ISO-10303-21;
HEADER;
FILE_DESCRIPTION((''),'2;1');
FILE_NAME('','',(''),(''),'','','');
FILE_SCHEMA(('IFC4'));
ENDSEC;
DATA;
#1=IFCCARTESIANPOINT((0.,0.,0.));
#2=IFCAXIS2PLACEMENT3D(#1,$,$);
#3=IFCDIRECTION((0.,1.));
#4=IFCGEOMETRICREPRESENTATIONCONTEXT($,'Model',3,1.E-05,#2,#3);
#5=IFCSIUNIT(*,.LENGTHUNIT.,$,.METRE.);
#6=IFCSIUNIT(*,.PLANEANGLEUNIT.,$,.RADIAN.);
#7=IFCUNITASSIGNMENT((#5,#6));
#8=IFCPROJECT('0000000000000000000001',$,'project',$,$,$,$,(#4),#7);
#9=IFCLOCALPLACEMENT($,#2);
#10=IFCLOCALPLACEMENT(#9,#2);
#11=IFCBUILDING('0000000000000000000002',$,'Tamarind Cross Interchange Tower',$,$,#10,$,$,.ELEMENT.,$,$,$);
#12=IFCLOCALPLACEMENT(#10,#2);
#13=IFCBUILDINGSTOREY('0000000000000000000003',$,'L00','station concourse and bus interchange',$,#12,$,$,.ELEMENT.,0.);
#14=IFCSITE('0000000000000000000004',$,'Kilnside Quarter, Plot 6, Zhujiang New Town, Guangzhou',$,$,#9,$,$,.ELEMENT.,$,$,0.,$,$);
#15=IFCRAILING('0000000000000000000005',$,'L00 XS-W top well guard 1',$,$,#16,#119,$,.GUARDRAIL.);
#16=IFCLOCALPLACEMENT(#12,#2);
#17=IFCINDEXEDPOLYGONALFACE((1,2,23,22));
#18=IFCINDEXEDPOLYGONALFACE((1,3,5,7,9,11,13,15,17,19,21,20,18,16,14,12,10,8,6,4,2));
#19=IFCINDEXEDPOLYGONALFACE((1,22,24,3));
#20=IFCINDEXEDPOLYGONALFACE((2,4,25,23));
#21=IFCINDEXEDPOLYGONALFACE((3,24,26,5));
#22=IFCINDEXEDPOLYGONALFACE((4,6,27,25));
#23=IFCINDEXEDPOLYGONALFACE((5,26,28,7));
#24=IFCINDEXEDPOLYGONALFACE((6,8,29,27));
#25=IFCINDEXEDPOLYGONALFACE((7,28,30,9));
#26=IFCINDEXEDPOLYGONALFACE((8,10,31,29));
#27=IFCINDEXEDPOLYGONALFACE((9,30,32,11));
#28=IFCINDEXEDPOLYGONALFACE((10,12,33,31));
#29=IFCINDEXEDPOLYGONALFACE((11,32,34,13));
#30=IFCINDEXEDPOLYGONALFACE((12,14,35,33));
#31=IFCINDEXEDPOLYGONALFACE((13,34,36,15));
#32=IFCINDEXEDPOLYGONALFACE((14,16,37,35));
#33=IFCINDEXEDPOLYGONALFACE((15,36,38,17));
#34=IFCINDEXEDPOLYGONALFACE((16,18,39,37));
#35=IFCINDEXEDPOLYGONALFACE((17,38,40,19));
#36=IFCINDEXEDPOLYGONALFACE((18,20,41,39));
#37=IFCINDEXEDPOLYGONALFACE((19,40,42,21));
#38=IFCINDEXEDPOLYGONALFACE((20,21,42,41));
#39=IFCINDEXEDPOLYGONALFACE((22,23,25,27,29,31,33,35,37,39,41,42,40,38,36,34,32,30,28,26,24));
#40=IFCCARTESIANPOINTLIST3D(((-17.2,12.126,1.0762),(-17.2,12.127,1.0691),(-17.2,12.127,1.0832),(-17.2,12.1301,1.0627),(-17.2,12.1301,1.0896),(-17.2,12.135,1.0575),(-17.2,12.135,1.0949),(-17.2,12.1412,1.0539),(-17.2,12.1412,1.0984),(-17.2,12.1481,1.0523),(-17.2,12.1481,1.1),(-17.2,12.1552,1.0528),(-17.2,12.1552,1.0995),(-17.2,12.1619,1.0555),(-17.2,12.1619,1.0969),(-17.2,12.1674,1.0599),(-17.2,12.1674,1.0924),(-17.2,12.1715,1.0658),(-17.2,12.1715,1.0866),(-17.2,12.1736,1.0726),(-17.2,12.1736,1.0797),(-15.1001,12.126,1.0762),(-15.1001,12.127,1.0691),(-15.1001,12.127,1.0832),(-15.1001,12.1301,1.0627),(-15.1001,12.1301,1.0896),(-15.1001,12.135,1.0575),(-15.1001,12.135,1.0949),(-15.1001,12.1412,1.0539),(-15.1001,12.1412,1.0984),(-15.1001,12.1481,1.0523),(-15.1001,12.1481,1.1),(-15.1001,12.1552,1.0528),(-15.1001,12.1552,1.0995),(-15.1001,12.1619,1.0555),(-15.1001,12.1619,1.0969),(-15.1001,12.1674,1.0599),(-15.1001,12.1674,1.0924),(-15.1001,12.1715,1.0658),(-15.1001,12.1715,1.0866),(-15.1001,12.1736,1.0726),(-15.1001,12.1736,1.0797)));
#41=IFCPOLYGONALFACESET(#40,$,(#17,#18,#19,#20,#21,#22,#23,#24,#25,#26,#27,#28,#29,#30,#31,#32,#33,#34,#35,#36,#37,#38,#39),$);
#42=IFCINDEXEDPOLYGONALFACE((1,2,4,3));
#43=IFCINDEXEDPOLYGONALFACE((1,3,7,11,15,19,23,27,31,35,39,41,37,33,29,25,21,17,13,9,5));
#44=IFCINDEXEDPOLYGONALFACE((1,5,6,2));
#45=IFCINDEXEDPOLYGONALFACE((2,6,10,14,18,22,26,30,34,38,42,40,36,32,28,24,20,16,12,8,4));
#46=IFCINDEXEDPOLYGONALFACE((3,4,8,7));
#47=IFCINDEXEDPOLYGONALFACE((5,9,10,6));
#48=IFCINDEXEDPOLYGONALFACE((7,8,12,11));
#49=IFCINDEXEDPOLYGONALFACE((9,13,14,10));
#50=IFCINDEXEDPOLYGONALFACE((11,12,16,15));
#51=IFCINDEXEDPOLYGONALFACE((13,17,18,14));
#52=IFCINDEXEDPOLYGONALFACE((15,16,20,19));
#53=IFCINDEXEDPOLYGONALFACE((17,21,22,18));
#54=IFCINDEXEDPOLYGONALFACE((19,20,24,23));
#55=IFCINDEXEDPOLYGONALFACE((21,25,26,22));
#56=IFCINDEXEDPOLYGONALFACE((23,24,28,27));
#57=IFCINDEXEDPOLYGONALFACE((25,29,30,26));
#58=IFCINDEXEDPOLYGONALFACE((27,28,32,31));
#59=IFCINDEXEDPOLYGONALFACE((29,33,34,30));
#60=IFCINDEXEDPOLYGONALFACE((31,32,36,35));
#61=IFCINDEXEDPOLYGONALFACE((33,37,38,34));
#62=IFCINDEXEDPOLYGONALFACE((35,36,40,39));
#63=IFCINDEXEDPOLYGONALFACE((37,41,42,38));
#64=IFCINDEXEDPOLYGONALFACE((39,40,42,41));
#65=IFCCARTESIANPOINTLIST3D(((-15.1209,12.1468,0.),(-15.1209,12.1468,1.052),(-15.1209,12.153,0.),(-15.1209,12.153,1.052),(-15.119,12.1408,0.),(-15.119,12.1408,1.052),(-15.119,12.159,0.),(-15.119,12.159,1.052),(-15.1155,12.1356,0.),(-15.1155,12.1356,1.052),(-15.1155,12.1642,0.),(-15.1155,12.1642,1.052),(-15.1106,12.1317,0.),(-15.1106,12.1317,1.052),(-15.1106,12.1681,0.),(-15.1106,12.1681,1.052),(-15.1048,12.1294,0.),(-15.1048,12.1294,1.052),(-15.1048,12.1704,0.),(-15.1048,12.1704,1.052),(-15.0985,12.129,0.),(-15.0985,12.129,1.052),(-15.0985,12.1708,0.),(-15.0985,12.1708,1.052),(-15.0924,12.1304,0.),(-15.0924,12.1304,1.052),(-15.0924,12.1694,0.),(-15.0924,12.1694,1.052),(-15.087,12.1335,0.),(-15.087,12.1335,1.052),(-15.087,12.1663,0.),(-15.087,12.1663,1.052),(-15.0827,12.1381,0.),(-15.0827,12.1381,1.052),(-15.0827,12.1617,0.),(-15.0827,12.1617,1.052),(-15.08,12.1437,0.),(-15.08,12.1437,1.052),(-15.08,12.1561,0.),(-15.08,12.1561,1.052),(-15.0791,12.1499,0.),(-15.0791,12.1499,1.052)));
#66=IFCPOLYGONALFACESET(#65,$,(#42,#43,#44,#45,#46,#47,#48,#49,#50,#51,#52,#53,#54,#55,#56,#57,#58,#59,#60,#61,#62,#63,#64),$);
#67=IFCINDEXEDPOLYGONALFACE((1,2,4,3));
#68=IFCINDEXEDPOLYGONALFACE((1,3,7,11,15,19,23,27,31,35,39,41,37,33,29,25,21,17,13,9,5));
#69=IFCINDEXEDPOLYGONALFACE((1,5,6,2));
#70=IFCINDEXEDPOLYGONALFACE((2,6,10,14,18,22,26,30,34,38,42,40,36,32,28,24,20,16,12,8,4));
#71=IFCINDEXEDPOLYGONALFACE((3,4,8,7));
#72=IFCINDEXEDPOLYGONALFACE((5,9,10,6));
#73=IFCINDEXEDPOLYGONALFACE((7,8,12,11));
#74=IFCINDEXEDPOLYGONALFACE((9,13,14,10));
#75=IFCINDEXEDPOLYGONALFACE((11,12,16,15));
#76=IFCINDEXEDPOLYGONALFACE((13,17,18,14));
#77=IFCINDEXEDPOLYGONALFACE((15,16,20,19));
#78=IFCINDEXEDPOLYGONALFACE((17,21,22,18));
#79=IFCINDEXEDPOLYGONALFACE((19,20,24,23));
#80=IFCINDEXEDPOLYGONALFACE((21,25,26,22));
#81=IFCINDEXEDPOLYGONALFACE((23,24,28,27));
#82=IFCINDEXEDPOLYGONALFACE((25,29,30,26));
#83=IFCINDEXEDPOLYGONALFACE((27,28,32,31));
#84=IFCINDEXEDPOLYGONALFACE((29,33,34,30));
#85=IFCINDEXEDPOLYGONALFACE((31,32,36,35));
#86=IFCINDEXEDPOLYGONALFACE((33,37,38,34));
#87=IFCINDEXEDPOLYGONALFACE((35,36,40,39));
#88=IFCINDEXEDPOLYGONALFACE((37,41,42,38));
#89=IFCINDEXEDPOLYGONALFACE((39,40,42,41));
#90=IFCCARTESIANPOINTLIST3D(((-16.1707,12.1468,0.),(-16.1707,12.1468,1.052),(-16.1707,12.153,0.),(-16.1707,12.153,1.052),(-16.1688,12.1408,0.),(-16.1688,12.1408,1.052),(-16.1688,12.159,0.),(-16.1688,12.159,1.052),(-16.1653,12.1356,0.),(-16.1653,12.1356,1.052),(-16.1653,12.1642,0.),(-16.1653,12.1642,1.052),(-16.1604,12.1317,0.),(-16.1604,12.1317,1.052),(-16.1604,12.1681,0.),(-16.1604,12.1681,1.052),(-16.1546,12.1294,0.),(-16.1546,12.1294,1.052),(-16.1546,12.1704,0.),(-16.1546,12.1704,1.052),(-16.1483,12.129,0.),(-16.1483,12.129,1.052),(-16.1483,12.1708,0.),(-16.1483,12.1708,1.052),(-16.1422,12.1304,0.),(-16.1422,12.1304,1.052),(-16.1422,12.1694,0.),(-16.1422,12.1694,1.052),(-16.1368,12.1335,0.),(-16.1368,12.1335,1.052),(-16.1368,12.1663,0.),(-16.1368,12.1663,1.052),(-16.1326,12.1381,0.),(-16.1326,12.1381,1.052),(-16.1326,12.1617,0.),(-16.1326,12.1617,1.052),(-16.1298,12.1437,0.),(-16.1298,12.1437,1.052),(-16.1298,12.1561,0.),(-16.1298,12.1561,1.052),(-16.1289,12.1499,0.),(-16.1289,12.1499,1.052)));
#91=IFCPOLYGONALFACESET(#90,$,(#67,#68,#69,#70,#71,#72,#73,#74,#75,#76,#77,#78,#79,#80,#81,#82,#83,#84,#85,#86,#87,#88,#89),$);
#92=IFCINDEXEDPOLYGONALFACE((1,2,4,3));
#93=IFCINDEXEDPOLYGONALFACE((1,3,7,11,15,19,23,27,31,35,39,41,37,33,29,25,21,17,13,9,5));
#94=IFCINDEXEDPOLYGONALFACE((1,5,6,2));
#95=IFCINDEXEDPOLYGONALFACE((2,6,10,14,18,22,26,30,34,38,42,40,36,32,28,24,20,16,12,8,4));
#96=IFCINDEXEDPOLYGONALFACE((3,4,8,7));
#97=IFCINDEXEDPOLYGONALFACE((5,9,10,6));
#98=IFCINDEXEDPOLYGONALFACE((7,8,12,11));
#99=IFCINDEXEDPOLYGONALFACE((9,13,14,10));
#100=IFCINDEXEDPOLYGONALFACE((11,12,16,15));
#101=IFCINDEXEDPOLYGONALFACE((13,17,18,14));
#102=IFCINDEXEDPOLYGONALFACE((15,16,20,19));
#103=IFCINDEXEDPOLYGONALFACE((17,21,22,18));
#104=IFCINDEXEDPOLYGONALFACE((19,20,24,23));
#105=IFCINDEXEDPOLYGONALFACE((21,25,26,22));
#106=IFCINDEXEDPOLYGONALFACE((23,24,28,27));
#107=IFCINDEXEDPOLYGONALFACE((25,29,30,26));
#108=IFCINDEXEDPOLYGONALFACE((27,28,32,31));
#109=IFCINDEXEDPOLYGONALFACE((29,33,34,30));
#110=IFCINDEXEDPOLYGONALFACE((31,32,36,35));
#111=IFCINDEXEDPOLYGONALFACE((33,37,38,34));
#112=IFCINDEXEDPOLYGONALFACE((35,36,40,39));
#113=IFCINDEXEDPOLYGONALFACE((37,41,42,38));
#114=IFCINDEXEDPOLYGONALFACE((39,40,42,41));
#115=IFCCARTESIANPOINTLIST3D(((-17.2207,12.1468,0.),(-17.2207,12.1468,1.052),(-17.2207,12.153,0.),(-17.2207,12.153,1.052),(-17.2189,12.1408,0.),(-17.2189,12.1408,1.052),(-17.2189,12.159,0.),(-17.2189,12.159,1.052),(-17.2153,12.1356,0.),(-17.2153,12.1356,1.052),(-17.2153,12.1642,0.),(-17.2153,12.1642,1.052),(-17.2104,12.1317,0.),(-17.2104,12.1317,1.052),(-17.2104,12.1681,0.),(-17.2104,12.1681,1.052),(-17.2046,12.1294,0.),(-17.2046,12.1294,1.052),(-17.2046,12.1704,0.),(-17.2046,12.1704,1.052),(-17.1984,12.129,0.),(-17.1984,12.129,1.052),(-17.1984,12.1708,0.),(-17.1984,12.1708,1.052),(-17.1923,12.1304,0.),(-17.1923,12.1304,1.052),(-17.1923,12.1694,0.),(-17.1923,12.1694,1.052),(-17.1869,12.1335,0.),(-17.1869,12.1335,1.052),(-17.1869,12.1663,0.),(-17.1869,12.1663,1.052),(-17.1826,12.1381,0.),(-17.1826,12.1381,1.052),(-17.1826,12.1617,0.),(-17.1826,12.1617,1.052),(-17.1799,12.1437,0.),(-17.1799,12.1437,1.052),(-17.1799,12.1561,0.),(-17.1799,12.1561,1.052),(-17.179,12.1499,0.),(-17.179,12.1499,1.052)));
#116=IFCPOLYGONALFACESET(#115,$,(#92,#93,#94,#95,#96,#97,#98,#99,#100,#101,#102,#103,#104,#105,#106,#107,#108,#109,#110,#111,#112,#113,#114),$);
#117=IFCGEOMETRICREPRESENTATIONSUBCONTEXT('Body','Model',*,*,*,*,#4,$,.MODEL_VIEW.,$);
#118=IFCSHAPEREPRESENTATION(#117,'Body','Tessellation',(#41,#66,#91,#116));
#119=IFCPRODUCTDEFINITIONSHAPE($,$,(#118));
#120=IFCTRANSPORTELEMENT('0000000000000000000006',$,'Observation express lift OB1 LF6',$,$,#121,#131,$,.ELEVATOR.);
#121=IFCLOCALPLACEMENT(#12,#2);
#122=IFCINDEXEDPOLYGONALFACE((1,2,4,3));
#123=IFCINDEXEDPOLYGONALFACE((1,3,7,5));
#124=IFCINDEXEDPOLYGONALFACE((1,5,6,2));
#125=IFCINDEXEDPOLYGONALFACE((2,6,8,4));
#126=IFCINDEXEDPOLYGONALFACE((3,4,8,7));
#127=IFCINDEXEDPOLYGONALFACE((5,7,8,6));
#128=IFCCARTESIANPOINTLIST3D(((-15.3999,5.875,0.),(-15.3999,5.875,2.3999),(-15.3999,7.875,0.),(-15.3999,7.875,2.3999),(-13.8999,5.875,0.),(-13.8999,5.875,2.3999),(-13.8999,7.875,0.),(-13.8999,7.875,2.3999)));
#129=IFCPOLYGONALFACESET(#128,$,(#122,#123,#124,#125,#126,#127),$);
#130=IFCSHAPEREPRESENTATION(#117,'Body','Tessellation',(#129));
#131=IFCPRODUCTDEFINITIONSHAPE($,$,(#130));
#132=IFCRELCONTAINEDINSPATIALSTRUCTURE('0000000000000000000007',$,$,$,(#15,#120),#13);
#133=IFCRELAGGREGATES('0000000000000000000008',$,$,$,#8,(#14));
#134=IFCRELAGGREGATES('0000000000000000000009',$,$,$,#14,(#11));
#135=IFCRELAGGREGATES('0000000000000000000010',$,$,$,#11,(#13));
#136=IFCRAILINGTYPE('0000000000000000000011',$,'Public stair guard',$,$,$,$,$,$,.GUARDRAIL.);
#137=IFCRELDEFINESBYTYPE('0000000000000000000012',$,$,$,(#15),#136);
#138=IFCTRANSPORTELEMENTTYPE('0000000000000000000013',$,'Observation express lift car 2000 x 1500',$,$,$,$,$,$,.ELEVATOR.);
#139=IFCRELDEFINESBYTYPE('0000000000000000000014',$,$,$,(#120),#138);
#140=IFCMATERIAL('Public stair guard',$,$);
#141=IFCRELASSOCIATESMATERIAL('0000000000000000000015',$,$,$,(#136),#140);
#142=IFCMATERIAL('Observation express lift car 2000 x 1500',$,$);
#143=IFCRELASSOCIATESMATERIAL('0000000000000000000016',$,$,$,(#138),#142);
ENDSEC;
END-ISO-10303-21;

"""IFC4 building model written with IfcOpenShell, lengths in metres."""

from ifc_helpers import new_model, si_unit, direction, frame, origin, origin_2d, place, context, subcontext, project, spatial, rectangle, circle, extrude, material, type_object, element, save


model = new_model("IFC4")

# Units and contexts
model_context = context("Model", 3, precision=1e-05, world=origin(), true_north=direction((0.0, 1.0)))
body_context = subcontext(model_context, "Body", "Model", "MODEL_VIEW")
ifc_project = project(units=[si_unit("LENGTHUNIT", "METRE"), si_unit("PLANEANGLEUNIT", "RADIAN")], contexts=[model_context])

# Site, building, storey
site_placement = place(None, origin())
site = spatial("IfcSite", under=ifc_project, at=site_placement, Name="Kilnside Quarter, Plot 6, Zhujiang New Town, Guangzhou", CompositionType="ELEMENT", RefElevation=0.0)
building_placement = place(site_placement, origin())
building = spatial("IfcBuilding", under=site, at=building_placement, Name="Tamarind Cross Interchange Tower", CompositionType="ELEMENT")
storey_placement = place(building_placement, origin())
storey = spatial("IfcBuildingStorey", under=building, at=storey_placement, Name="L00", Description="station concourse and bus interchange", CompositionType="ELEMENT", Elevation=0.0)

# Railing
ifc_material_1 = material(Name="Public stair guard")
railing_type = type_object("IfcRailingType", Name="Public stair guard", PredefinedType="GUARDRAIL", material=ifc_material_1)
railing_placement = place(storey_placement, frame((-15.1001, 12.1499, 0.0)))
element("IfcRailing", 1, at=railing_placement, inside=storey, type_object=railing_type, Name="L00 XS-W top well guard 1", PredefinedType="GUARDRAIL", context=body_context, shape_type="SweptSolid", body=[
    extrude(circle(Radius=0.0239, at=origin_2d()), frame((0.0, 0.0, 1.0762), z_axis=(-1.0, 0.0, 0.0), x_axis=(0.0, -1.0, 0.0)), (0.0, 0.0, 1.0), 2.0999),
    extrude(circle(Radius=0.021, at=origin_2d()), origin(), (0.0, 0.0, 1.0), 1.052),
    extrude(circle(Radius=0.021, at=origin_2d()), frame((-1.0498, 0.0, 0.0)), (0.0, 0.0, 1.0), 1.052),
    extrude(circle(Radius=0.021, at=origin_2d()), frame((-2.0999, 0.0, 0.0)), (0.0, 0.0, 1.0), 1.052),
])

# Transport element
ifc_material_2 = material(Name="Observation express lift car 2000 x 1500")
transport_element_type = type_object("IfcTransportElementType", Name="Observation express lift car 2000 x 1500", PredefinedType="ELEVATOR", material=ifc_material_2)
transport_element_placement = place(storey_placement, frame((-14.6499, 6.875, 0.0), z_axis=(0.0, 0.0, 1.0), x_axis=(1.0, 0.0, 0.0)))
element("IfcTransportElement", 2, at=transport_element_placement, inside=storey, type_object=transport_element_type, Name="Observation express lift OB1 LF6", PredefinedType="ELEVATOR", context=body_context, shape_type="SweptSolid", body=[
    extrude(rectangle(XDim=1.5, YDim=2.0, at=origin_2d()), origin(), (0.0, 0.0, 1.0), 2.3999),
])

save(model, "model.ifc")
